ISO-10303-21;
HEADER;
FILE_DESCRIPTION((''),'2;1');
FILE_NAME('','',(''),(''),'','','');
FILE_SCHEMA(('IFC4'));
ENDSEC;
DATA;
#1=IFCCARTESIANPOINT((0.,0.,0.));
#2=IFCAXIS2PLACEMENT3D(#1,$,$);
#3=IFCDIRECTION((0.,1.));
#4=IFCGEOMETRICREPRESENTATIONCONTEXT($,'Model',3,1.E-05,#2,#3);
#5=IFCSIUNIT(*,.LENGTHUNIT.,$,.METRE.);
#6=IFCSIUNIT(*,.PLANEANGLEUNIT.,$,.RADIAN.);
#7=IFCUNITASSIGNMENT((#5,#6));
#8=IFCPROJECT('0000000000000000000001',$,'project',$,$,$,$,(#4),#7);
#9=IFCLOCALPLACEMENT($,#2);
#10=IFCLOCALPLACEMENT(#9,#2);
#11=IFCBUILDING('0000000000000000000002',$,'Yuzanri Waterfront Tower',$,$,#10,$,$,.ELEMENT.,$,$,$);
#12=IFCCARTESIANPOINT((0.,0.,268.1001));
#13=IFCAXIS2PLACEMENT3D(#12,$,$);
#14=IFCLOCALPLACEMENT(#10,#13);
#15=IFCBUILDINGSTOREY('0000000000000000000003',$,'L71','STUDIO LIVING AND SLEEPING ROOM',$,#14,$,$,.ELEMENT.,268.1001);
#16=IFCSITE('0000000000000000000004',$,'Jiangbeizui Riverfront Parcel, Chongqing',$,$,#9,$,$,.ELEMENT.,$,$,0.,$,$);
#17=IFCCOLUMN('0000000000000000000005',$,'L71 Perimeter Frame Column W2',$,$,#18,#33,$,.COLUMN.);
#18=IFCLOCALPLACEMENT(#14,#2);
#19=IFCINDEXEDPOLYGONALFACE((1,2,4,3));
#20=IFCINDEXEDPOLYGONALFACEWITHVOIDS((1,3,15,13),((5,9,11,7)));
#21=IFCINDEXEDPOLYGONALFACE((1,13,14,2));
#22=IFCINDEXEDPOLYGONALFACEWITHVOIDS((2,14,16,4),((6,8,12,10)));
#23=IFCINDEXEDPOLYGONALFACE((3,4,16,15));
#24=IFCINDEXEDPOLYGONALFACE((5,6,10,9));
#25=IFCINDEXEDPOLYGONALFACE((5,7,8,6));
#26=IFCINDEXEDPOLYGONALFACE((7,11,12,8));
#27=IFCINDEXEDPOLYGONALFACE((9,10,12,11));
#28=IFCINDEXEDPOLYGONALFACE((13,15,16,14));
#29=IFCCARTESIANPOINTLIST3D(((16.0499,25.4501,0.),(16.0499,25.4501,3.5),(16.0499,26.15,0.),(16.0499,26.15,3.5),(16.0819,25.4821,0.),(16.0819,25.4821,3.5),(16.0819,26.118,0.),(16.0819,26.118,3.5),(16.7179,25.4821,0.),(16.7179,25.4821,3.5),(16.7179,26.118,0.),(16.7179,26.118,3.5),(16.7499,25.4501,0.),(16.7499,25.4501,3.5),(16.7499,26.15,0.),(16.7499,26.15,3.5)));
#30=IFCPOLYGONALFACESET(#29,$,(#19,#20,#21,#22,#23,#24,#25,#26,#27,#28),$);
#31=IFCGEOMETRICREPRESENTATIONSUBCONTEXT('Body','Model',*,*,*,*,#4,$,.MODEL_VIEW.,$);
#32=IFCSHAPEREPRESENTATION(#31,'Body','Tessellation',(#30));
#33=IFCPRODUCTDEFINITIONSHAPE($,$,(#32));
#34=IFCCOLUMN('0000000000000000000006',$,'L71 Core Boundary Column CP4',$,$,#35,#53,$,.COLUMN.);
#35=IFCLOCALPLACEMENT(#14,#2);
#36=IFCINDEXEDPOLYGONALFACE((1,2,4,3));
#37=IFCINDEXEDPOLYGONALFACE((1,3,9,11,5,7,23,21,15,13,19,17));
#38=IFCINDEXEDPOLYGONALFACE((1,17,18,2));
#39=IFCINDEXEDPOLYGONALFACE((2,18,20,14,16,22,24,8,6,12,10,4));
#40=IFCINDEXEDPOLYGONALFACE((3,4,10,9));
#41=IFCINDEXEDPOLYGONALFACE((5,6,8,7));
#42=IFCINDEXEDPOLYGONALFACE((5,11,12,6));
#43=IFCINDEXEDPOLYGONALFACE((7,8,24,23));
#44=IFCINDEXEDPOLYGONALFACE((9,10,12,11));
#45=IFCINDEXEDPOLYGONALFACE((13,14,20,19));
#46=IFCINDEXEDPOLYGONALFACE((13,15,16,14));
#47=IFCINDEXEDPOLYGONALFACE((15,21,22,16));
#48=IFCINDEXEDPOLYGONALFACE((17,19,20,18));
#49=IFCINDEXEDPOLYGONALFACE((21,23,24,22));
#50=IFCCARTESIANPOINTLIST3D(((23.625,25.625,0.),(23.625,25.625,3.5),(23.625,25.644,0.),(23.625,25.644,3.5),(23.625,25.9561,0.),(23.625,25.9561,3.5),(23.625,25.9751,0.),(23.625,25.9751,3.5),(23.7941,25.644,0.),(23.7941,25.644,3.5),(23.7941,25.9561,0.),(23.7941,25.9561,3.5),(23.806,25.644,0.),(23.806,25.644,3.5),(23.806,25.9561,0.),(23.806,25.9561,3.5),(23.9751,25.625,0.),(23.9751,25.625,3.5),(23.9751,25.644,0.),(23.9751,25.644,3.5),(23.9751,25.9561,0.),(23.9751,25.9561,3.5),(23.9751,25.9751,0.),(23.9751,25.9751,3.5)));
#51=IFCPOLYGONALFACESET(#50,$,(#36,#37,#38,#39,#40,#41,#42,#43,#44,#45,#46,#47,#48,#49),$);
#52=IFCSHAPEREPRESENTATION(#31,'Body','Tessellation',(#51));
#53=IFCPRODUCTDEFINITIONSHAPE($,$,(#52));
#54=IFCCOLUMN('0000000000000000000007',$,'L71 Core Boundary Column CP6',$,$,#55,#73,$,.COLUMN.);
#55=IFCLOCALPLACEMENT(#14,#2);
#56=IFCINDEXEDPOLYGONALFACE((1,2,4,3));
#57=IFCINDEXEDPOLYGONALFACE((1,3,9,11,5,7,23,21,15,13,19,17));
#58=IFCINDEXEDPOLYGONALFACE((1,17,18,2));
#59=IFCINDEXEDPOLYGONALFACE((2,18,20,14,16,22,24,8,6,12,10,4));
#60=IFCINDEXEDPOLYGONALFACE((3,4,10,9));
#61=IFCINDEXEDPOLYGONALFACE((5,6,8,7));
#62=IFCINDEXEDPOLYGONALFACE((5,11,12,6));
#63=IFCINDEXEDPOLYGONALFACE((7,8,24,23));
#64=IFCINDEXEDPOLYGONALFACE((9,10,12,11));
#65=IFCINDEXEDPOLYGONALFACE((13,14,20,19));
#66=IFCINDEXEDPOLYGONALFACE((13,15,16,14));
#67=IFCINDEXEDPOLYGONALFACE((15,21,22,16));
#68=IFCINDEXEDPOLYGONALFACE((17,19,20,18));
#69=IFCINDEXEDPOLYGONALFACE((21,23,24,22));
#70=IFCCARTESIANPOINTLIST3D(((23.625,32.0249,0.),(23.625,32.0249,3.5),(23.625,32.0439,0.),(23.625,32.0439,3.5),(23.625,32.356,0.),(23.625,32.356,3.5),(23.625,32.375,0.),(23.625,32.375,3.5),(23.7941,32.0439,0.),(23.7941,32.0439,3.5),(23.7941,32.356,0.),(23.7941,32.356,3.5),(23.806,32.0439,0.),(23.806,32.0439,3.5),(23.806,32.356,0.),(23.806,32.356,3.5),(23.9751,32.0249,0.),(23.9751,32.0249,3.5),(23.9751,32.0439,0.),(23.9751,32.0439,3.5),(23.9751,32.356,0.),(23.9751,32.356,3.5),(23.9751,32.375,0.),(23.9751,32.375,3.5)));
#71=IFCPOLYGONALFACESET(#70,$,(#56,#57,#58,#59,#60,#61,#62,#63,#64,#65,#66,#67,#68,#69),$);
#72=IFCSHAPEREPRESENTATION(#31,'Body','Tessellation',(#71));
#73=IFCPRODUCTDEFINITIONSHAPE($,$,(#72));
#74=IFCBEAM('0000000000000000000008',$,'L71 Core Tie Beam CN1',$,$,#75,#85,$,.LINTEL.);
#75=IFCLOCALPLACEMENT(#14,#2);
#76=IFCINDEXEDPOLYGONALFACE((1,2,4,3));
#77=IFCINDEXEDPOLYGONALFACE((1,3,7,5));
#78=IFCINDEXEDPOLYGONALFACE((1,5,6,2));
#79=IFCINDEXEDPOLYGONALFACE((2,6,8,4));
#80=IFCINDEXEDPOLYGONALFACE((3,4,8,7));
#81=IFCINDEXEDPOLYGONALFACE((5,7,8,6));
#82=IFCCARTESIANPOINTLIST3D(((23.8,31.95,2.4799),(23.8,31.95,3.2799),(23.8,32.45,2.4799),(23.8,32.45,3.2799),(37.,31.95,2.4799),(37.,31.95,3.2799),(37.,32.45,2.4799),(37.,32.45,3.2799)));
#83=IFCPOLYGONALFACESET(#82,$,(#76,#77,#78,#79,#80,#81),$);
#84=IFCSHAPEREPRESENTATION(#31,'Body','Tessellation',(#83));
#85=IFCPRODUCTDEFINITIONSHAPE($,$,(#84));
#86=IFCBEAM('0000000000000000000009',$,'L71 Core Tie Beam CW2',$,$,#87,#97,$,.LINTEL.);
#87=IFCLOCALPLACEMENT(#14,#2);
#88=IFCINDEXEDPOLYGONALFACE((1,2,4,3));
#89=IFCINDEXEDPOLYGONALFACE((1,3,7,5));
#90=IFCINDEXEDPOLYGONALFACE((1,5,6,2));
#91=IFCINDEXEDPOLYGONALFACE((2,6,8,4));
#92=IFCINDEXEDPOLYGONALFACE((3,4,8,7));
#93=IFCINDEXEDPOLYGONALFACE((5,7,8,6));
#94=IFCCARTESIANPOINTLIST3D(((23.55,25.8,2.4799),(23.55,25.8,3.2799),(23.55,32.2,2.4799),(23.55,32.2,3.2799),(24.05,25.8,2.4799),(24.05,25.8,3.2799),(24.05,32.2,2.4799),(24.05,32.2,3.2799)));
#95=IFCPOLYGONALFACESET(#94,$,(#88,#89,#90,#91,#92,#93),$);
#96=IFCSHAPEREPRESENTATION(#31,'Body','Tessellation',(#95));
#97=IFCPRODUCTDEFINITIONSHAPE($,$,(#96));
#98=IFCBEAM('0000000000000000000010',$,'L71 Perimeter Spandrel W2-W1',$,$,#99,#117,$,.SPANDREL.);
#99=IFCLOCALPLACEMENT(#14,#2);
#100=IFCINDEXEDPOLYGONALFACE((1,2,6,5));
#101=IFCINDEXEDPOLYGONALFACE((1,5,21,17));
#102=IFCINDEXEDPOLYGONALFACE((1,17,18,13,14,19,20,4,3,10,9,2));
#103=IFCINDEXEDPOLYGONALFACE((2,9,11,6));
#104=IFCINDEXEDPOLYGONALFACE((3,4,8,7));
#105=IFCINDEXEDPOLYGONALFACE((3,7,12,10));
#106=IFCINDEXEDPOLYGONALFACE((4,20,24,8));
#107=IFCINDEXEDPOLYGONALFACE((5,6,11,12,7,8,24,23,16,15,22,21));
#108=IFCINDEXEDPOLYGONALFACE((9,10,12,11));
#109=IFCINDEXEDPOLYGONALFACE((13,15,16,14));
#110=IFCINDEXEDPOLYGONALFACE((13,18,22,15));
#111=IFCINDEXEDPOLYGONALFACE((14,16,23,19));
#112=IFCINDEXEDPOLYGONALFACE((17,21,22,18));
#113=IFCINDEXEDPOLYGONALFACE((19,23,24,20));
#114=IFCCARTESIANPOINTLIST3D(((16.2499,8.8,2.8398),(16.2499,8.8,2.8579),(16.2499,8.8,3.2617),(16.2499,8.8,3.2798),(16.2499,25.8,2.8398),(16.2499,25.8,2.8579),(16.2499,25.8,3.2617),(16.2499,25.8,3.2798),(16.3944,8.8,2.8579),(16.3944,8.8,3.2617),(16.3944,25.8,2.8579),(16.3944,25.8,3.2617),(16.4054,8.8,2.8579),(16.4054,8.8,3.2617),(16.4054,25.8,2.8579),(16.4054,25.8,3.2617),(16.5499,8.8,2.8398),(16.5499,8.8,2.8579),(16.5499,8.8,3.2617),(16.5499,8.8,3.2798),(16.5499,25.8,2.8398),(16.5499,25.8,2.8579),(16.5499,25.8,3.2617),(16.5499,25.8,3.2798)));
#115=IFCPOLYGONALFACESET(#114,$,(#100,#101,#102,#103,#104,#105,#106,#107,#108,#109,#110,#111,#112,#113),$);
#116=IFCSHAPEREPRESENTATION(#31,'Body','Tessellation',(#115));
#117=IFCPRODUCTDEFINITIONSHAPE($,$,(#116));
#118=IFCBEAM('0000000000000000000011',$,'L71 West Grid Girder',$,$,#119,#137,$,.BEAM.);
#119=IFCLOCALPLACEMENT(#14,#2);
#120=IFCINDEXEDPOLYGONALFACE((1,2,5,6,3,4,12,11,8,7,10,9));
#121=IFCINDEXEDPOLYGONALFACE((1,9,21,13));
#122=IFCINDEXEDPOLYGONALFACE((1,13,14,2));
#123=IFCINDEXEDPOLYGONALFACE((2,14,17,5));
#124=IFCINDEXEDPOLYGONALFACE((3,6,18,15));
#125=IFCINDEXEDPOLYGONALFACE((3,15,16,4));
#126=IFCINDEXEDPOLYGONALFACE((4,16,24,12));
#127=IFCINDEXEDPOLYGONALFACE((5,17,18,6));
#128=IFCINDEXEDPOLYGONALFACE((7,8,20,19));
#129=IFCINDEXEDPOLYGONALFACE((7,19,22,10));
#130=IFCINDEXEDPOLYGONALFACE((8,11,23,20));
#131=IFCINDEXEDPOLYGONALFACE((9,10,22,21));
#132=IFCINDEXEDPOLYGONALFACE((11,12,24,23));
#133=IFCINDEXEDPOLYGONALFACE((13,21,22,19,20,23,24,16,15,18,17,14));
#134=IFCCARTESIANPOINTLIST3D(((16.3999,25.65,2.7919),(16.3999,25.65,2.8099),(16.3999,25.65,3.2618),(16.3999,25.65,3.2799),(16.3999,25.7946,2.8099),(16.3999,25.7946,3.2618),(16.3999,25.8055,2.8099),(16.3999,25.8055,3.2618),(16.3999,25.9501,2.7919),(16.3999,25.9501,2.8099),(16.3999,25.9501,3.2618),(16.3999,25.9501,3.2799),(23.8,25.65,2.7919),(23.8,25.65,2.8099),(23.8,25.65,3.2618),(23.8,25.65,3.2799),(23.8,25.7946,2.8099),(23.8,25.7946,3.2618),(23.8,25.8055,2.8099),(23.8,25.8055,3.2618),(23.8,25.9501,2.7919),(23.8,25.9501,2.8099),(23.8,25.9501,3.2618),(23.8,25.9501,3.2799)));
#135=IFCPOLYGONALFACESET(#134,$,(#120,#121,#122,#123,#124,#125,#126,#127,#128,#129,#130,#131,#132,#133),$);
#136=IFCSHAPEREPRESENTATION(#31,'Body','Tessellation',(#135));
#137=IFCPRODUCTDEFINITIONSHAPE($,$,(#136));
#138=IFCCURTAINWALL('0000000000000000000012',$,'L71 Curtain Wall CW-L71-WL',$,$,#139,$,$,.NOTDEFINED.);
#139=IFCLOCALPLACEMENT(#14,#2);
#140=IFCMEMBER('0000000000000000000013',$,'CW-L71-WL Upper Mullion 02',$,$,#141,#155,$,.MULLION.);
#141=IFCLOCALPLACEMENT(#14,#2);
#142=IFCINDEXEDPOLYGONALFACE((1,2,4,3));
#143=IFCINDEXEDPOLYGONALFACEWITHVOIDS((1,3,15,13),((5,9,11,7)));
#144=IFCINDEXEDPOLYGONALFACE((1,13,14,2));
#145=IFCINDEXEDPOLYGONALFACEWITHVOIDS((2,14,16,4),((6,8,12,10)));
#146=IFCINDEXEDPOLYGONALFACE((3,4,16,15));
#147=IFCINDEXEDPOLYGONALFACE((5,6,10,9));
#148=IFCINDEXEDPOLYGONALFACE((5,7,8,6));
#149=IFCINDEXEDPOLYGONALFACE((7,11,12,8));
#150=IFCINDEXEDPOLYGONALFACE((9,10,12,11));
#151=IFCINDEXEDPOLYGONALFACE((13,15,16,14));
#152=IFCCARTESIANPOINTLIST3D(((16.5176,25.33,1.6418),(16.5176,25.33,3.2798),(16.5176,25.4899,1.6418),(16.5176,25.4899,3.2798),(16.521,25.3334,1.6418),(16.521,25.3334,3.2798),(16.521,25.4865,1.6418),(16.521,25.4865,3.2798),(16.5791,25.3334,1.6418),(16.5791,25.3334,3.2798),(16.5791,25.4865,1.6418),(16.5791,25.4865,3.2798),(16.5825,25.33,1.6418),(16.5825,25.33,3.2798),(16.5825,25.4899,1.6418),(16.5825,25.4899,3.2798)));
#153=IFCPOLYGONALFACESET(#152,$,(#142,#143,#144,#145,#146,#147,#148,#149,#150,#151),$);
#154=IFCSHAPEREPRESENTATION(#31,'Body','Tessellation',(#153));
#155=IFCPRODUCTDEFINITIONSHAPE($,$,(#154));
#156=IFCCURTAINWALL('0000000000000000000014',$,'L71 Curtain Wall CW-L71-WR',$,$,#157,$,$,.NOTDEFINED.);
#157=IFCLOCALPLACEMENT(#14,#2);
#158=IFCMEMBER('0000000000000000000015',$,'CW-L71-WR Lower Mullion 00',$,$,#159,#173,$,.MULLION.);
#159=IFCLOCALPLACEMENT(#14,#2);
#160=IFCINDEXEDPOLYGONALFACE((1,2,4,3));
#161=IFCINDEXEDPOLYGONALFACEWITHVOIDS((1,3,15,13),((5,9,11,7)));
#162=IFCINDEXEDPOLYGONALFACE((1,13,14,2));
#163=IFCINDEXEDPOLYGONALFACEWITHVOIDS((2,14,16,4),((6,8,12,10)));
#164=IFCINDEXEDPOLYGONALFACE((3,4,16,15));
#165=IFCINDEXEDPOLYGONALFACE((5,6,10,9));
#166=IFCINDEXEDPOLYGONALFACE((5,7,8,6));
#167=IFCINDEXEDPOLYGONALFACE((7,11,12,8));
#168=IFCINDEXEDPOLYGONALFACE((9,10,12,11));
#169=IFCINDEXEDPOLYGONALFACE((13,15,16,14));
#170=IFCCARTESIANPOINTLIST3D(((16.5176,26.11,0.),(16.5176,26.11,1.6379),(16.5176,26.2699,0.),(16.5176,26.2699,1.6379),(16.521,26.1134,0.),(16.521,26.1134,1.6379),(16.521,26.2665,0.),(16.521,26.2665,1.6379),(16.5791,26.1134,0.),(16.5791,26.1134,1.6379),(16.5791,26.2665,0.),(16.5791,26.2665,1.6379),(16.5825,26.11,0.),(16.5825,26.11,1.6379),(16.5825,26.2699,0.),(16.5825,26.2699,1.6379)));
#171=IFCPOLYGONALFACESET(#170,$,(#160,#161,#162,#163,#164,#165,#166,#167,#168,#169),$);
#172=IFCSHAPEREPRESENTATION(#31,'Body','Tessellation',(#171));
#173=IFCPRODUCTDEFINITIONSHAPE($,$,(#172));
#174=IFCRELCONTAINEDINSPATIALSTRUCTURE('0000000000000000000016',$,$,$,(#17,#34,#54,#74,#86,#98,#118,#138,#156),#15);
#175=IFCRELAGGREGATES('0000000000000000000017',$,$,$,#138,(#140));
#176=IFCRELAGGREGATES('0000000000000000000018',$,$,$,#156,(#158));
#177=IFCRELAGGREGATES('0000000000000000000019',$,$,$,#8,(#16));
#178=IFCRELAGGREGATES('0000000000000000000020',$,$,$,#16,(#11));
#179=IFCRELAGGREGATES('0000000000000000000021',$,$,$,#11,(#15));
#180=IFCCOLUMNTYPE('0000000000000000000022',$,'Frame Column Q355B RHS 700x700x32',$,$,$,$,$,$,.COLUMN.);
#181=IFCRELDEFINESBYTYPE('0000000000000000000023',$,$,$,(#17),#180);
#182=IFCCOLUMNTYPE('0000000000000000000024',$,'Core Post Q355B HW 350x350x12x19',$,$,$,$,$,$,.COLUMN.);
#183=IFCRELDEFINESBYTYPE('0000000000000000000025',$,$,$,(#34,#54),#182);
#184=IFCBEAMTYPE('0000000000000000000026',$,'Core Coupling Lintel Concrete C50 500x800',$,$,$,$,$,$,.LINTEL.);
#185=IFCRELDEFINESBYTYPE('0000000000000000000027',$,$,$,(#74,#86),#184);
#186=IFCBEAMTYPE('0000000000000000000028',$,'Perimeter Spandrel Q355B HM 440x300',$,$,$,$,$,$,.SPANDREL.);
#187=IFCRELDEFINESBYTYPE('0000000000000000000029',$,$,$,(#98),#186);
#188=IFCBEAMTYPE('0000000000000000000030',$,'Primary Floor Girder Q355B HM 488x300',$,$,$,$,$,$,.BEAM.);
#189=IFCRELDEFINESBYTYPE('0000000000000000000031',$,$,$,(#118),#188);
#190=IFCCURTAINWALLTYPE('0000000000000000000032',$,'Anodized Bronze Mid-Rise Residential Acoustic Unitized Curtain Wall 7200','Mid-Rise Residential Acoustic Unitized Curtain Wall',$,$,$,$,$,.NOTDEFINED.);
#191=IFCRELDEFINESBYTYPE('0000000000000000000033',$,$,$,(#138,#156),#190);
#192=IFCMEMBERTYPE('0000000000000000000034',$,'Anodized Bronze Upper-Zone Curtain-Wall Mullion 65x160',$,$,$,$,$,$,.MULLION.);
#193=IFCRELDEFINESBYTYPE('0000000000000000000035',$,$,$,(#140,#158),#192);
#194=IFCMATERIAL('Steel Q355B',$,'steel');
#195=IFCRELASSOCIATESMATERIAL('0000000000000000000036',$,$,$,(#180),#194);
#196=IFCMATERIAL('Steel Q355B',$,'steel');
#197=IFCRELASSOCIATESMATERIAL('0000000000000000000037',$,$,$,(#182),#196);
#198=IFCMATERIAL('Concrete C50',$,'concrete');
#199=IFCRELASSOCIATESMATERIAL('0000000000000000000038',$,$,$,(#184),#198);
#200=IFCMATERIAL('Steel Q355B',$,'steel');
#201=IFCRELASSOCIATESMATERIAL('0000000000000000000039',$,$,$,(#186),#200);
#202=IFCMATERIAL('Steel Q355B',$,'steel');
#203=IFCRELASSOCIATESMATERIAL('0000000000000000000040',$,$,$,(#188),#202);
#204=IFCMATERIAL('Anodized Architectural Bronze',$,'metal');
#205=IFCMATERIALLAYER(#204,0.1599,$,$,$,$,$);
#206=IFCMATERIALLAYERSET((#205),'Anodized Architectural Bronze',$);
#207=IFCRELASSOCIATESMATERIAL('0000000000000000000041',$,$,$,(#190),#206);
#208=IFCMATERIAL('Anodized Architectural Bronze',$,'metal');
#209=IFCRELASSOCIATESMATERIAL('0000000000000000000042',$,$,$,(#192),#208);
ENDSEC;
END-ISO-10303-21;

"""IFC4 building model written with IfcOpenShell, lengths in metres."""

from ifc_helpers import new_model, si_unit, direction, frame, origin, origin_2d, place, context, subcontext, project, spatial, rectangle, hollow_rectangle, i_section, extrude, source, transform, mapped, material, layer, layer_set, material_profile, profile_set, type_object, element, aggregate, save


model = new_model("IFC4")

# Units and contexts
model_context = context("Model", 3, precision=1e-05, world=origin(), true_north=direction((0.0, 1.0)))
body_context = subcontext(model_context, "Body", "Model", "MODEL_VIEW")
ifc_project = project(units=[si_unit("LENGTHUNIT", "METRE"), si_unit("PLANEANGLEUNIT", "RADIAN")], contexts=[model_context])

# Site, building, storey
site_placement = place(None, origin())
site = spatial("IfcSite", under=ifc_project, at=site_placement, Name="Jiangbeizui Riverfront Parcel, Chongqing", CompositionType="ELEMENT", RefElevation=0.0)
building_placement = place(site_placement, origin())
building = spatial("IfcBuilding", under=site, at=building_placement, Name="Yuzanri Waterfront Tower", CompositionType="ELEMENT")
storey_placement = place(building_placement, frame((0.0, 0.0, 268.1001)))
storey = spatial("IfcBuildingStorey", under=building, at=storey_placement, Name="L71", Description="STUDIO LIVING AND SLEEPING ROOM", CompositionType="ELEMENT", Elevation=268.1001)

# Columns
ifc_material_1 = material(Name="Steel Q355B", Category="steel")
ifc_material_profile_1 = material_profile(ifc_material_1, hollow_rectangle(XDim=0.7, YDim=0.7, WallThickness=0.032, at=origin_2d()), Name="RHS 700x700x32")
ifc_profile_set_1 = profile_set([ifc_material_profile_1], Name="Steel Q355B")
column_type_1 = type_object("IfcColumnType", Name="Frame Column Q355B RHS 700x700x32", PredefinedType="COLUMN", material=ifc_profile_set_1)
shared_shape_1 = source(origin(), body_context, "Body", "SweptSolid", [
    extrude(hollow_rectangle(XDim=0.7, YDim=0.7, WallThickness=0.032, at=origin_2d()), origin(), (0.0, 0.0, 1.0), 3.5),
])
column_placement = place(storey_placement, frame((16.3999, 25.8, 0.0), z_axis=(0.0, 0.0, 1.0), x_axis=(1.0, 0.0, 0.0)))
element("IfcColumn", 1, at=column_placement, inside=storey, type_object=column_type_1, Name="L71 Perimeter Frame Column W2", PredefinedType="COLUMN", context=body_context, shape_type="MappedRepresentation", body=[
    mapped(shared_shape_1, transform((0.0, 0.0, 0.0), scale=1.0)),
])
ifc_material_2 = material(Name="Steel Q355B", Category="steel")
ifc_material_profile_2 = material_profile(ifc_material_2, i_section(OverallWidth=0.3501, OverallDepth=0.3501, WebThickness=0.012, FlangeThickness=0.019, at=origin_2d()), Name="HW 350x350x12x19")
ifc_profile_set_2 = profile_set([ifc_material_profile_2], Name="Steel Q355B")
column_type_2 = type_object("IfcColumnType", Name="Core Post Q355B HW 350x350x12x19", PredefinedType="COLUMN", material=ifc_profile_set_2)
shared_shape_2 = source(origin(), body_context, "Body", "SweptSolid", [
    extrude(i_section(OverallWidth=0.3501, OverallDepth=0.3501, WebThickness=0.012, FlangeThickness=0.019, at=origin_2d()), origin(), (0.0, 0.0, 1.0), 3.5),
])
for number, where, z_axis, x_axis, name in (
    (2, (23.8, 25.8, 0.0), (0.0, 0.0, 1.0), (1.0, 0.0, 0.0), "L71 Core Boundary Column CP4"),
    (3, (23.8, 32.2, 0.0), (0.0, 0.0, 1.0), (1.0, 0.0, 0.0), "L71 Core Boundary Column CP6"),
):
    element("IfcColumn", number, at=place(storey_placement, frame(where, z_axis=z_axis, x_axis=x_axis)), inside=storey, type_object=column_type_2, Name=name, PredefinedType="COLUMN", context=body_context, shape_type="MappedRepresentation", body=[
        mapped(shared_shape_2, transform((0.0, 0.0, 0.0), scale=1.0)),
    ])

# Beams
ifc_material_3 = material(Name="Concrete C50", Category="concrete")
ifc_material_profile_3 = material_profile(ifc_material_3, rectangle(XDim=0.5, YDim=0.8, at=origin_2d()), Name="RC 500x800")
ifc_profile_set_3 = profile_set([ifc_material_profile_3], Name="Concrete C50")
beam_type_1 = type_object("IfcBeamType", Name="Core Coupling Lintel Concrete C50 500x800", PredefinedType="LINTEL", material=ifc_profile_set_3)
shared_shape_3 = source(origin(), body_context, "Body", "SweptSolid", [
    extrude(rectangle(XDim=0.5, YDim=0.8, at=origin_2d()), origin(), (0.0, 0.0, 1.0), 13.2),
])
beam_1_placement = place(storey_placement, frame((23.8, 32.2, 2.8799), z_axis=(1.0, 0.0, 0.0), x_axis=(0.0, 1.0, 0.0)))
element("IfcBeam", 4, at=beam_1_placement, inside=storey, type_object=beam_type_1, Name="L71 Core Tie Beam CN1", PredefinedType="LINTEL", context=body_context, shape_type="MappedRepresentation", body=[
    mapped(shared_shape_3, transform((0.0, 0.0, 0.0), scale=1.0)),
])
shared_shape_4 = source(origin(), body_context, "Body", "SweptSolid", [
    extrude(rectangle(XDim=0.5, YDim=0.8, at=origin_2d()), origin(), (0.0, 0.0, 1.0), 6.3999),
])
beam_2_placement = place(storey_placement, frame((23.8, 25.8, 2.8799), z_axis=(0.0, 1.0, 0.0), x_axis=(-1.0, 0.0, 0.0)))
element("IfcBeam", 5, at=beam_2_placement, inside=storey, type_object=beam_type_1, Name="L71 Core Tie Beam CW2", PredefinedType="LINTEL", context=body_context, shape_type="MappedRepresentation", body=[
    mapped(shared_shape_4, transform((0.0, 0.0, 0.0), scale=1.0)),
])
ifc_material_4 = material(Name="Steel Q355B", Category="steel")
ifc_material_profile_4 = material_profile(ifc_material_4, i_section(OverallWidth=0.3, OverallDepth=0.4399, WebThickness=0.011, FlangeThickness=0.0181, at=origin_2d()), Name="HM 440x300x11x18")
ifc_profile_set_4 = profile_set([ifc_material_profile_4], Name="Steel Q355B")
beam_type_2 = type_object("IfcBeamType", Name="Perimeter Spandrel Q355B HM 440x300", PredefinedType="SPANDREL", material=ifc_profile_set_4)
shared_shape_5 = source(origin(), body_context, "Body", "SweptSolid", [
    extrude(i_section(OverallWidth=0.3, OverallDepth=0.4399, WebThickness=0.011, FlangeThickness=0.0181, at=origin_2d()), origin(), (0.0, 0.0, 1.0), 17.0),
])
beam_3_placement = place(storey_placement, frame((16.3999, 25.8, 3.0598), z_axis=(0.0, -1.0, 0.0), x_axis=(1.0, 0.0, 0.0)))
element("IfcBeam", 6, at=beam_3_placement, inside=storey, type_object=beam_type_2, Name="L71 Perimeter Spandrel W2-W1", PredefinedType="SPANDREL", context=body_context, shape_type="MappedRepresentation", body=[
    mapped(shared_shape_5, transform((0.0, 0.0, 0.0), scale=1.0)),
])
ifc_material_5 = material(Name="Steel Q355B", Category="steel")
ifc_material_profile_5 = material_profile(ifc_material_5, i_section(OverallWidth=0.3, OverallDepth=0.488, WebThickness=0.011, FlangeThickness=0.0181, at=origin_2d()), Name="HM 488x300x11x18")
ifc_profile_set_5 = profile_set([ifc_material_profile_5], Name="Steel Q355B")
beam_type_3 = type_object("IfcBeamType", Name="Primary Floor Girder Q355B HM 488x300", PredefinedType="BEAM", material=ifc_profile_set_5)
shared_shape_6 = source(origin(), body_context, "Body", "SweptSolid", [
    extrude(i_section(OverallWidth=0.3, OverallDepth=0.488, WebThickness=0.011, FlangeThickness=0.0181, at=origin_2d()), origin(), (0.0, 0.0, 1.0), 7.4001),
])
beam_4_placement = place(storey_placement, frame((23.8, 25.8, 3.0359), z_axis=(-1.0, 0.0, 0.0), x_axis=(0.0, -1.0, 0.0)))
element("IfcBeam", 7, at=beam_4_placement, inside=storey, type_object=beam_type_3, Name="L71 West Grid Girder", PredefinedType="BEAM", context=body_context, shape_type="MappedRepresentation", body=[
    mapped(shared_shape_6, transform((0.0, 0.0, 0.0), scale=1.0)),
])

# Curtain wall, member
ifc_material_6 = material(Name="Anodized Architectural Bronze", Category="metal")
ifc_layer_1 = layer(ifc_material_6, 0.1599)
ifc_layer_set_1 = layer_set([ifc_layer_1], Name="Anodized Architectural Bronze")
curtain_wall_type = type_object("IfcCurtainWallType", Name="Anodized Bronze Mid-Rise Residential Acoustic Unitized Curtain Wall 7200", Description="Mid-Rise Residential Acoustic Unitized Curtain Wall", PredefinedType="NOTDEFINED", material=ifc_layer_set_1)
curtain_wall_1_placement = place(storey_placement, origin())
curtain_wall_1 = element("IfcCurtainWall", 8, at=curtain_wall_1_placement, inside=storey, type_object=curtain_wall_type, Name="L71 Curtain Wall CW-L71-WL", PredefinedType="NOTDEFINED")
ifc_material_7 = material(Name="Anodized Architectural Bronze", Category="metal")
ifc_material_profile_6 = material_profile(ifc_material_7, hollow_rectangle(XDim=0.0649, YDim=0.1599, WallThickness=0.0034, at=origin_2d()), Name="CWM 65x160")
ifc_profile_set_6 = profile_set([ifc_material_profile_6], Name="Anodized Architectural Bronze")
member_type_1 = type_object("IfcMemberType", Name="Anodized Bronze Upper-Zone Curtain-Wall Mullion 65x160", PredefinedType="MULLION", material=ifc_profile_set_6)
shared_shape_7 = source(origin(), body_context, "Body", "SweptSolid", [
    extrude(hollow_rectangle(XDim=0.0649, YDim=0.1599, WallThickness=0.0034, at=origin_2d()), origin(), (0.0, 0.0, 1.0), 1.6379),
])
member_1_placement = place(storey_placement, frame((16.55, 25.4099, 1.6418), z_axis=(0.0, 0.0, 1.0), x_axis=(1.0, 0.0, 0.0)))
member_1 = element("IfcMember", 9, at=member_1_placement, type_object=member_type_1, Name="CW-L71-WL Upper Mullion 02", PredefinedType="MULLION", context=body_context, shape_type="MappedRepresentation", body=[
    mapped(shared_shape_7, transform((0.0, 0.0, 0.0), scale=1.0)),
])
aggregate(curtain_wall_1, [member_1])

# Curtain wall, member
curtain_wall_2_placement = place(storey_placement, origin())
curtain_wall_2 = element("IfcCurtainWall", 10, at=curtain_wall_2_placement, inside=storey, type_object=curtain_wall_type, Name="L71 Curtain Wall CW-L71-WR", PredefinedType="NOTDEFINED")
member_2_placement = place(storey_placement, frame((16.55, 26.1899, 0.0), z_axis=(0.0, 0.0, 1.0), x_axis=(1.0, 0.0, 0.0)))
member_2 = element("IfcMember", 11, at=member_2_placement, type_object=member_type_1, Name="CW-L71-WR Lower Mullion 00", PredefinedType="MULLION", context=body_context, shape_type="MappedRepresentation", body=[
    mapped(shared_shape_7, transform((0.0, 0.0, 0.0), scale=1.0)),
])
aggregate(curtain_wall_2, [member_2])

save(model, "model.ifc")
